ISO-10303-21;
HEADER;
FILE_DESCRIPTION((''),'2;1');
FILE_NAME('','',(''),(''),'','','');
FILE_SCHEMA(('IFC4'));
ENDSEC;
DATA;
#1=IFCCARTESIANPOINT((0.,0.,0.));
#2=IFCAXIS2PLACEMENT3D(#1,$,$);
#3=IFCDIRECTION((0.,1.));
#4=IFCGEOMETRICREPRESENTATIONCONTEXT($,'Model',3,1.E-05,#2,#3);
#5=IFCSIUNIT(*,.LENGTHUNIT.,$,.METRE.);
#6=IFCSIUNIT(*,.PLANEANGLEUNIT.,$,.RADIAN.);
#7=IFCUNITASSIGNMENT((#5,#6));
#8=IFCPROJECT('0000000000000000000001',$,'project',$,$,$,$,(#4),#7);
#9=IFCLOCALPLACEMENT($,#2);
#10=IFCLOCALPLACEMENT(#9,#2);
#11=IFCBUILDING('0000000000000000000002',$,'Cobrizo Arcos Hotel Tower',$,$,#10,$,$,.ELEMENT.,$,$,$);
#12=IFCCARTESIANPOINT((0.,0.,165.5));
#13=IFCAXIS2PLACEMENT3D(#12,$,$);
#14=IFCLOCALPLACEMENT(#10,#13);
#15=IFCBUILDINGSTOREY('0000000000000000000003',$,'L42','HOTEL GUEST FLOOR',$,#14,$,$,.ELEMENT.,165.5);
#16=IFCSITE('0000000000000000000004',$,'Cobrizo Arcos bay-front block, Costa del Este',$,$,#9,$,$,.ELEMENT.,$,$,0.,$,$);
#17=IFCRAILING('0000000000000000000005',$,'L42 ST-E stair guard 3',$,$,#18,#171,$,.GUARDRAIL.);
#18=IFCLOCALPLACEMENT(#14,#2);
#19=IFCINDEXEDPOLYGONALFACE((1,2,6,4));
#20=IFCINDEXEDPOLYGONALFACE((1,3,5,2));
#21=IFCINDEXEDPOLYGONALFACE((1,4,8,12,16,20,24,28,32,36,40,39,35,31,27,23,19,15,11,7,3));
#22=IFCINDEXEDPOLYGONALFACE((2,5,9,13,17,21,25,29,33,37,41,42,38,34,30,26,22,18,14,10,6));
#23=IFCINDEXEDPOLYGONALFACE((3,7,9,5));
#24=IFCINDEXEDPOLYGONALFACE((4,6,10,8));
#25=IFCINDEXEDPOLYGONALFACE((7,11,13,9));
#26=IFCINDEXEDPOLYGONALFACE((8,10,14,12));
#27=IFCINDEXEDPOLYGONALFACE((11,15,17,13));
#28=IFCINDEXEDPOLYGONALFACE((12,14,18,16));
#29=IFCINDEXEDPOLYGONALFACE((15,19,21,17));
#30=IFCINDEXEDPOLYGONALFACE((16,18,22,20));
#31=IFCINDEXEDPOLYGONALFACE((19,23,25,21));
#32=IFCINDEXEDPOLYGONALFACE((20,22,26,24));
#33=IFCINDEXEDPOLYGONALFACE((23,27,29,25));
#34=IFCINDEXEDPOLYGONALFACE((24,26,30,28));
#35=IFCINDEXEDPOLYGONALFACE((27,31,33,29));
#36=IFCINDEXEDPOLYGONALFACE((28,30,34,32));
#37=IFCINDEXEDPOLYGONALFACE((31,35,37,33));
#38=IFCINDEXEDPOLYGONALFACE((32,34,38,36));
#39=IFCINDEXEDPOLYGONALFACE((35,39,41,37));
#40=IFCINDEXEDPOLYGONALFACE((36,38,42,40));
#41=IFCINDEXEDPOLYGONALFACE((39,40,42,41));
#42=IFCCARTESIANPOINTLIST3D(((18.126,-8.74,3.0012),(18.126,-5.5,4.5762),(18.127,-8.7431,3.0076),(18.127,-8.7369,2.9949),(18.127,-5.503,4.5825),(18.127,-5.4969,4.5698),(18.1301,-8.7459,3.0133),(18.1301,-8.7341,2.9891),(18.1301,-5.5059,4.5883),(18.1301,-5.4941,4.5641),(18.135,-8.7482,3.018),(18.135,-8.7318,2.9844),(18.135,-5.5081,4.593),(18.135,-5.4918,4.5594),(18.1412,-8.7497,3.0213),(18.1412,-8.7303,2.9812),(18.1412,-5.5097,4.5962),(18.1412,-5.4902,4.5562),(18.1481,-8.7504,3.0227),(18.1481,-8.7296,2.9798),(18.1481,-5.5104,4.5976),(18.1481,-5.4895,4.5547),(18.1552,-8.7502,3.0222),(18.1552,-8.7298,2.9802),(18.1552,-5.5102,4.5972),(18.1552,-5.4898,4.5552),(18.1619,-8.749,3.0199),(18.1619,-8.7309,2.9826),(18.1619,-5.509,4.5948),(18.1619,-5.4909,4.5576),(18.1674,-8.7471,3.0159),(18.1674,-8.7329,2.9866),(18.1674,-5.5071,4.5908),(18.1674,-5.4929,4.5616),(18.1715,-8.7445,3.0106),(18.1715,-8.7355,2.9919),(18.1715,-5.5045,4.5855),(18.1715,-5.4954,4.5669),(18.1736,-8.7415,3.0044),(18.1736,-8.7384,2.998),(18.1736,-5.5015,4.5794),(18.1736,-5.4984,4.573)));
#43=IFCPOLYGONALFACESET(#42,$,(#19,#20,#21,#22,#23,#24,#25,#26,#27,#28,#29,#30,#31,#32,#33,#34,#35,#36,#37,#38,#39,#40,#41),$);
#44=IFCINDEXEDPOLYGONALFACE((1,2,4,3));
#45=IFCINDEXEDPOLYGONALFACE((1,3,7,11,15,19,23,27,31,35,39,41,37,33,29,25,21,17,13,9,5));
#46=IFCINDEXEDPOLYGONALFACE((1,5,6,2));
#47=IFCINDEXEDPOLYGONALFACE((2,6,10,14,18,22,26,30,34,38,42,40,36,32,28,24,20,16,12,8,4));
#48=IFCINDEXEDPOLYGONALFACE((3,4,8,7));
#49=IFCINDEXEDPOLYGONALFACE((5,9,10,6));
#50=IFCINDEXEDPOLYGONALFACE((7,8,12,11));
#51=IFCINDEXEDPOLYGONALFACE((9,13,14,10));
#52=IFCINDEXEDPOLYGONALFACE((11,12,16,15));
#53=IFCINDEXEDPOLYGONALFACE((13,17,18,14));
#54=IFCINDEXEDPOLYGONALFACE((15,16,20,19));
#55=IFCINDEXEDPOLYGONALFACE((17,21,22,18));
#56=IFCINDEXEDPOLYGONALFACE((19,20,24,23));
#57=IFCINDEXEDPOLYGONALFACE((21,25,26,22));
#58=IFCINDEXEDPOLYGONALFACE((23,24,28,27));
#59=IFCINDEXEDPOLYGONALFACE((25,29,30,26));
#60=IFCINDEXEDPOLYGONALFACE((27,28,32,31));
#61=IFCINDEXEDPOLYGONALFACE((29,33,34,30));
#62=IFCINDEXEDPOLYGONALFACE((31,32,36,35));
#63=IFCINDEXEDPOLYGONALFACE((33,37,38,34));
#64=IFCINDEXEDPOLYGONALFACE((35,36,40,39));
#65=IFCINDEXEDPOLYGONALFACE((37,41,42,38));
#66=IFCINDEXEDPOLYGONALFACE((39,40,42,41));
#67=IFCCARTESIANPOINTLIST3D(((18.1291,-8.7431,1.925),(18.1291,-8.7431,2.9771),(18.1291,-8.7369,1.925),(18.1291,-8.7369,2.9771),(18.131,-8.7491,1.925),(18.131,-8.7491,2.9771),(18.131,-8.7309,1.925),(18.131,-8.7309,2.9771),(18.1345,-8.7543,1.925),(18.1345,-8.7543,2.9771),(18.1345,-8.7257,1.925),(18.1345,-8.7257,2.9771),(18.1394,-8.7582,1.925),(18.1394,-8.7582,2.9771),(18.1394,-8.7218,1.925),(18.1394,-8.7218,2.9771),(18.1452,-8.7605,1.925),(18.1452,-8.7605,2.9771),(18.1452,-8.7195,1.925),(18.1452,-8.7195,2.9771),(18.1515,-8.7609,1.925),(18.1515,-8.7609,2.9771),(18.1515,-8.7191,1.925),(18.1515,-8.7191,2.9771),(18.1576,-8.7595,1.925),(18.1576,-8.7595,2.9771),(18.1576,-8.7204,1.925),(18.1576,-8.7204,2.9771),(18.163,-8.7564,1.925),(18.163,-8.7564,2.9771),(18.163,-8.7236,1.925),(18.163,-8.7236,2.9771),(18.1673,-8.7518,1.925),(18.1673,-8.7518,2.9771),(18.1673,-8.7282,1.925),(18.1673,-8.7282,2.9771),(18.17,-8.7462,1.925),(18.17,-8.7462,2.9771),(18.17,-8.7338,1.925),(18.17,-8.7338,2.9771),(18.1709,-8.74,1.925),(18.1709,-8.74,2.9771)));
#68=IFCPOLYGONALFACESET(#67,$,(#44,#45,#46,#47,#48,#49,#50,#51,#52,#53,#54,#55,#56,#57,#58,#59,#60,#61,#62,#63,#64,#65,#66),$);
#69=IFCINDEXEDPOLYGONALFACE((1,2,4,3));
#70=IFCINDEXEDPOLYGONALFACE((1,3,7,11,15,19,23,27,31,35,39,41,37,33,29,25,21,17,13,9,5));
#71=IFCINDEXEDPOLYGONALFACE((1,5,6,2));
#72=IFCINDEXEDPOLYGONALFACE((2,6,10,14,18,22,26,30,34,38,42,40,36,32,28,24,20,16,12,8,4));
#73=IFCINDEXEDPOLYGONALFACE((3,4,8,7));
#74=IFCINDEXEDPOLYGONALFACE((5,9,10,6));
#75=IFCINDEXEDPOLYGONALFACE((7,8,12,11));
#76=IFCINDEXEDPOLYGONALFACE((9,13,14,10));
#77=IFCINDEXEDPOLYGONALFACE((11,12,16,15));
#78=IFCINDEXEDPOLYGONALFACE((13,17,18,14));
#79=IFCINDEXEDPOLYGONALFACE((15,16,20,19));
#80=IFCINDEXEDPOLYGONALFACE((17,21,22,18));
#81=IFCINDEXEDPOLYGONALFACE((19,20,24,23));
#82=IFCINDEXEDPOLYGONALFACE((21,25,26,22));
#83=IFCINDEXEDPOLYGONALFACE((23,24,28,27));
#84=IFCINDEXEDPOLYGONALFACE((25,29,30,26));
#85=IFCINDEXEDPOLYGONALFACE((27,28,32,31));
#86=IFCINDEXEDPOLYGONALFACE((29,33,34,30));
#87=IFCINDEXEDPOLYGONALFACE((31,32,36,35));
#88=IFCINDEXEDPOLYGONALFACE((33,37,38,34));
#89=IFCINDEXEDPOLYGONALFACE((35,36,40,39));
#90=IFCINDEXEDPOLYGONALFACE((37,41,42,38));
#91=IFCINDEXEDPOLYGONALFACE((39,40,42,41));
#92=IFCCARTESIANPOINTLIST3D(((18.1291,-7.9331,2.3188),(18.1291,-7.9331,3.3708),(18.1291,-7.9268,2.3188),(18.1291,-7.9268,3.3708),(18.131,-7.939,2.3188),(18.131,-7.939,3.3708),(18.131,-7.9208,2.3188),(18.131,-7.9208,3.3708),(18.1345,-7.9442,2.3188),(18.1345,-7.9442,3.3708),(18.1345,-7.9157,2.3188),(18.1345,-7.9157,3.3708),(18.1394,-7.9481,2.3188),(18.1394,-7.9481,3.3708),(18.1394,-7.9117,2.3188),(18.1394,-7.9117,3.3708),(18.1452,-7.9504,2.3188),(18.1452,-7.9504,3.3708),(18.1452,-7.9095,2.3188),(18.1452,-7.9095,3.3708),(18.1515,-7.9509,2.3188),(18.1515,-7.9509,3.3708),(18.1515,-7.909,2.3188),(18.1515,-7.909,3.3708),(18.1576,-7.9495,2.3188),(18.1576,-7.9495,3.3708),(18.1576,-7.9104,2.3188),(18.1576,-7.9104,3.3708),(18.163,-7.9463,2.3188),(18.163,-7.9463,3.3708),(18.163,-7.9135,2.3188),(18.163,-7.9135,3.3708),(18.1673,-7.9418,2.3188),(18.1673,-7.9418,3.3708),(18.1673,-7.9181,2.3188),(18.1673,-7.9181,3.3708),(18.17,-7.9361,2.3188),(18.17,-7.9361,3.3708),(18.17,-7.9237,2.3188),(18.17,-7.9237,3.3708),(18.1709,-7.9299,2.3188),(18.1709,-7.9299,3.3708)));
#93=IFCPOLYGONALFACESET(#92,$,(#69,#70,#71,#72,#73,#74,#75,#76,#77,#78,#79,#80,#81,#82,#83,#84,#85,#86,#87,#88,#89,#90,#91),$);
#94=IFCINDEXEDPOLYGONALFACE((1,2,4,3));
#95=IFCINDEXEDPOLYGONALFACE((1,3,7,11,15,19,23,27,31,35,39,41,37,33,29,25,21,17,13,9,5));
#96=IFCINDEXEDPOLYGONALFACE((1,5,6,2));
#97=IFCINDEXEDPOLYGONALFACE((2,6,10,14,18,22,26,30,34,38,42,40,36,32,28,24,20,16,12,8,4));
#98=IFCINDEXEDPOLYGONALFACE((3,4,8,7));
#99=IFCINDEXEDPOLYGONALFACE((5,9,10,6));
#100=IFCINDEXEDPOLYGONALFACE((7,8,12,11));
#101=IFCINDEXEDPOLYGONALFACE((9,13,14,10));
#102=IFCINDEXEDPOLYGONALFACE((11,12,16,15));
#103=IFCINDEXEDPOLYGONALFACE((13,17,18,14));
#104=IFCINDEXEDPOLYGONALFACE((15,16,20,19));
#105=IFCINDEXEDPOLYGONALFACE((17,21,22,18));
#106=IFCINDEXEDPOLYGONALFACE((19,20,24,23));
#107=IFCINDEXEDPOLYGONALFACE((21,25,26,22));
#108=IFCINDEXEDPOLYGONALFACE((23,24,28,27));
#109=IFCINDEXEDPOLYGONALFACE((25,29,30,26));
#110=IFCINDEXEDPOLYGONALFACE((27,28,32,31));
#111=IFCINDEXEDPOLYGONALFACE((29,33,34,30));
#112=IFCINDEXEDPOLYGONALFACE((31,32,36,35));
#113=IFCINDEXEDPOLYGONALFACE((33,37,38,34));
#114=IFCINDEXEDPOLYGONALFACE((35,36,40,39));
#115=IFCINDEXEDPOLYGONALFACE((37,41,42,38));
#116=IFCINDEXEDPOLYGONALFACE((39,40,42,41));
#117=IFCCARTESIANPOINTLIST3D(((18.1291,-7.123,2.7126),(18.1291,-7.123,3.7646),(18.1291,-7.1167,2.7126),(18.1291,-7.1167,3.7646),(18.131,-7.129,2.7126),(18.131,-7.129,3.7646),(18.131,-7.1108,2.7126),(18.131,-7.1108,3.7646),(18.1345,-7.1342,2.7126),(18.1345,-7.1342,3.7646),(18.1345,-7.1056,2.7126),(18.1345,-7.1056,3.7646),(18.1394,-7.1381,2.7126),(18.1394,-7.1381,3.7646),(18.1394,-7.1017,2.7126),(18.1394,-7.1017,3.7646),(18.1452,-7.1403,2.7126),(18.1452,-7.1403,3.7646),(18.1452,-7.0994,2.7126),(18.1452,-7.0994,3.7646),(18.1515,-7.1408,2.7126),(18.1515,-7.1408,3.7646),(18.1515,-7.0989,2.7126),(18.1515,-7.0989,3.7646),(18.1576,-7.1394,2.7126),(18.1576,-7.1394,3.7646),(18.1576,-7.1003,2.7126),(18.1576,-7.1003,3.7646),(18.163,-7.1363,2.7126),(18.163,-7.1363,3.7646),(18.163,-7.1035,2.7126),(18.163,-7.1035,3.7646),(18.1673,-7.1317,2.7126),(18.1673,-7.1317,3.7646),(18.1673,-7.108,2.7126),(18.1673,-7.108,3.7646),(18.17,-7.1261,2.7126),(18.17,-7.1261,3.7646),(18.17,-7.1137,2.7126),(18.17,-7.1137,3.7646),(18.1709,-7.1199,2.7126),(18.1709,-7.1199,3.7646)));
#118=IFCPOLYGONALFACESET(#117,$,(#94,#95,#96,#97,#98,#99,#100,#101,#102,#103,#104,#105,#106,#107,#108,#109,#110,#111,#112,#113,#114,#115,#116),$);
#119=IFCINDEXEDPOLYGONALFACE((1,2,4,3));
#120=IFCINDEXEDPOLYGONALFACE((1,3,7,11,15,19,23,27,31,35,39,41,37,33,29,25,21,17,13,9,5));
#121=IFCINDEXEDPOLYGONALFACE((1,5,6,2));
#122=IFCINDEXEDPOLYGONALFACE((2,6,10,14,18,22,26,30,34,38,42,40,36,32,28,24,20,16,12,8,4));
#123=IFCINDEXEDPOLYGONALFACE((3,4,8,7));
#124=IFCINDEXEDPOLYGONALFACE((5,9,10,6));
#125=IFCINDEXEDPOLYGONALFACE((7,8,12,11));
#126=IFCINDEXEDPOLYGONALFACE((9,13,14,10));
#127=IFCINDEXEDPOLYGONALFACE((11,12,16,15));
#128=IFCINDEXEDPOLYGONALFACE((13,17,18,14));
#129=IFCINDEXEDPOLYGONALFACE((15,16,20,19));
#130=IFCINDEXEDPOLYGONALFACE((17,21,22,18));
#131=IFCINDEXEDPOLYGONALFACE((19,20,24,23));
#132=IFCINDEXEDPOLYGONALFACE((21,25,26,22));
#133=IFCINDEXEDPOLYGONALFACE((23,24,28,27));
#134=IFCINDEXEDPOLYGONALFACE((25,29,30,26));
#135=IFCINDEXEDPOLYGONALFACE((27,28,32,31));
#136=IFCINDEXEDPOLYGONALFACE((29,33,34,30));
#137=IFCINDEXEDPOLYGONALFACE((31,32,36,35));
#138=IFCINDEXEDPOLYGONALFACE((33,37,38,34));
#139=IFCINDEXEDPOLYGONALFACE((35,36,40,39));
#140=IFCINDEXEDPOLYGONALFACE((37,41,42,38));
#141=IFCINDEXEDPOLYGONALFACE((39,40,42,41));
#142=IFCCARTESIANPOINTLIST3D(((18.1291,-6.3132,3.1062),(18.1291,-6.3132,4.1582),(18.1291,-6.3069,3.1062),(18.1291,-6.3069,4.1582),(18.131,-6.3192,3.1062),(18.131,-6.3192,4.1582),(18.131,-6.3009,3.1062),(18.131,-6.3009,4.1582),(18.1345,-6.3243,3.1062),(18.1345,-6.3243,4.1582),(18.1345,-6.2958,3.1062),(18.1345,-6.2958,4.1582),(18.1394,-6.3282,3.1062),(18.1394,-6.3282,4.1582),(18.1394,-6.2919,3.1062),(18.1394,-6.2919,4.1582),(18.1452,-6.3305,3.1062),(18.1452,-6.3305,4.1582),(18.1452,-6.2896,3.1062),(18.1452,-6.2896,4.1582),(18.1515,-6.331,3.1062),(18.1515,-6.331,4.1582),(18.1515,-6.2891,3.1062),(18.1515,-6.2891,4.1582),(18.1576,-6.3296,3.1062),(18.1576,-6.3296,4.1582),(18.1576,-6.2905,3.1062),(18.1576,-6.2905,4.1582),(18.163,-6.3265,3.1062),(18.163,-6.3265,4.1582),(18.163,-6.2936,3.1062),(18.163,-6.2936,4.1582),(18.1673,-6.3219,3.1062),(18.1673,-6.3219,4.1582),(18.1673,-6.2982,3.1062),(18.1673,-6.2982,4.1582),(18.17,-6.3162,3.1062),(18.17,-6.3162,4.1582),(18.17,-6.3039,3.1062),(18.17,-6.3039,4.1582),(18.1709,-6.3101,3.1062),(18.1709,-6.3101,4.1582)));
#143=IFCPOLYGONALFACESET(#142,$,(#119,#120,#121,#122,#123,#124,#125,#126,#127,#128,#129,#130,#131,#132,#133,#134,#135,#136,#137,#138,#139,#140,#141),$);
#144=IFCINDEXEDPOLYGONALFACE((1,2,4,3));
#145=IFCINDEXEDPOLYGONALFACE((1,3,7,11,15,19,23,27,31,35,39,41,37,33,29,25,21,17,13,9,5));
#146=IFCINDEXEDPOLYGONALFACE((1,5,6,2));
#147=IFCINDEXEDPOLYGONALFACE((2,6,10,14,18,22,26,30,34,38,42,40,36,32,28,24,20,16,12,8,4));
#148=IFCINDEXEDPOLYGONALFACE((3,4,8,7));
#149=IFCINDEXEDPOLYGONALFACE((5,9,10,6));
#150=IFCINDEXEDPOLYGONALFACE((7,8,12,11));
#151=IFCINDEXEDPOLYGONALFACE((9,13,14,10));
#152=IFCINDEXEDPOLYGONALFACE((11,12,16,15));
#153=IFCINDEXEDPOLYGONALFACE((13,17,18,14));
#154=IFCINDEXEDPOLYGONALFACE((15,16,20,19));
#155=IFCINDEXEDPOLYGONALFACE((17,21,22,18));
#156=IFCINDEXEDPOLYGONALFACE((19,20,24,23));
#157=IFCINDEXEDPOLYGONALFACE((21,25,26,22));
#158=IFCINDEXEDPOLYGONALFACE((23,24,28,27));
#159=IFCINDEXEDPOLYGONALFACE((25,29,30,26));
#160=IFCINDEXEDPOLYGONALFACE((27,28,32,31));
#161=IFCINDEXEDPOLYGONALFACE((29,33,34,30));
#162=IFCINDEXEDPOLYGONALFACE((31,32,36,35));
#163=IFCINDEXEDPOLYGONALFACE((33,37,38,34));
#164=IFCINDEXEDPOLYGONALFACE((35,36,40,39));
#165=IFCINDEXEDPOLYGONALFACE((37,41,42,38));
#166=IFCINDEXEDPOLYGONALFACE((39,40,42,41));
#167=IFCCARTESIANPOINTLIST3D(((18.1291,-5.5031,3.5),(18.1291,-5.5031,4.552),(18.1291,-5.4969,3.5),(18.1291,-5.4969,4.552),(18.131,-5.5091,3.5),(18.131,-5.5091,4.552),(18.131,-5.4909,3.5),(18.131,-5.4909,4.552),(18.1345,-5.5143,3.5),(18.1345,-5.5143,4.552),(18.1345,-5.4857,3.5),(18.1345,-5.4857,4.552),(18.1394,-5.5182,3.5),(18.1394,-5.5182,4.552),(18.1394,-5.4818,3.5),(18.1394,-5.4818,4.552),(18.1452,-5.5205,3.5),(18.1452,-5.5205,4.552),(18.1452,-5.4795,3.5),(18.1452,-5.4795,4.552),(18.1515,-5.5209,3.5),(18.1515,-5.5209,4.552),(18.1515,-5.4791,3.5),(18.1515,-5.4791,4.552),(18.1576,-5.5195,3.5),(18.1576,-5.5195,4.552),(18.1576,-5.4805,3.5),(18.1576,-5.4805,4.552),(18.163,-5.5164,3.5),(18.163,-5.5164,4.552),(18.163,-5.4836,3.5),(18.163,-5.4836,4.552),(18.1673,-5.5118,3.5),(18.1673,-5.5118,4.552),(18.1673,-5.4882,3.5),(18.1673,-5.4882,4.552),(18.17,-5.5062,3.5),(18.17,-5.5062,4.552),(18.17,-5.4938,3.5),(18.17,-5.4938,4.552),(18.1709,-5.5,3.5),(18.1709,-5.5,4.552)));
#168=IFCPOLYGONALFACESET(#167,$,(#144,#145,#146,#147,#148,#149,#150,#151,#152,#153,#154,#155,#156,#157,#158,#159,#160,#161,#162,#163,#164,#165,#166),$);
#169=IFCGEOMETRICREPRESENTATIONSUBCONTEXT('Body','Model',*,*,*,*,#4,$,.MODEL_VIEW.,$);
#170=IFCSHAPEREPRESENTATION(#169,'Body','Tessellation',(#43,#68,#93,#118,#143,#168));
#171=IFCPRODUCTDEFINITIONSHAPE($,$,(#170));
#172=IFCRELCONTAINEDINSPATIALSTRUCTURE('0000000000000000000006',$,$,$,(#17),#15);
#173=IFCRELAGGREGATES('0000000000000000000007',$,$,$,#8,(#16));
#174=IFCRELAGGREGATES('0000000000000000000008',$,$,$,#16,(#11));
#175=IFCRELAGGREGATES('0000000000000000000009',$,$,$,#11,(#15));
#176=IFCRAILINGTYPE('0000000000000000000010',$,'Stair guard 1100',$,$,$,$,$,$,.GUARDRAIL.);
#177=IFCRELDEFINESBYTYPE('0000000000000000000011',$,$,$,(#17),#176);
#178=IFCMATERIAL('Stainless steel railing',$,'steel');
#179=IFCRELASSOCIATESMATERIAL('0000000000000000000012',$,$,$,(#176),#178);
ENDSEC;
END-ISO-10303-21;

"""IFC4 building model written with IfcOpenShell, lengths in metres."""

from ifc_helpers import new_model, si_unit, direction, frame, origin, origin_2d, place, context, subcontext, project, spatial, circle, extrude, material, type_object, element, save


model = new_model("IFC4")

# Units and contexts
model_context = context("Model", 3, precision=1e-05, world=origin(), true_north=direction((0.0, 1.0)))
body_context = subcontext(model_context, "Body", "Model", "MODEL_VIEW")
ifc_project = project(units=[si_unit("LENGTHUNIT", "METRE"), si_unit("PLANEANGLEUNIT", "RADIAN")], contexts=[model_context])

# Site, building, storey
site_placement = place(None, origin())
site = spatial("IfcSite", under=ifc_project, at=site_placement, Name="Cobrizo Arcos bay-front block, Costa del Este", CompositionType="ELEMENT", RefElevation=0.0)
building_placement = place(site_placement, origin())
building = spatial("IfcBuilding", under=site, at=building_placement, Name="Cobrizo Arcos Hotel Tower", CompositionType="ELEMENT")
storey_placement = place(building_placement, frame((0.0, 0.0, 165.5)))
storey = spatial("IfcBuildingStorey", under=building, at=storey_placement, Name="L42", Description="HOTEL GUEST FLOOR", CompositionType="ELEMENT", Elevation=165.5)

# Railing
ifc_material_1 = material(Name="Stainless steel railing", Category="steel")
railing_type_1 = type_object("IfcRailingType", Name="Stair guard 1100", PredefinedType="GUARDRAIL", material=ifc_material_1)
railing_1_placement = place(storey_placement, frame((18.1499, -8.74, 1.925)))
element("IfcRailing", 1, at=railing_1_placement, inside=storey, type_object=railing_type_1, Name="L42 ST-E stair guard 3", PredefinedType="GUARDRAIL", context=body_context, shape_type="SweptSolid", body=[
    extrude(circle(Radius=0.0239, at=origin_2d()), frame((0.0, 0.0, 1.0762), z_axis=(0.0, 0.899373, 0.437183), x_axis=(-1.0, 0.0, 0.0)), (0.0, 0.0, 1.0), 3.6025),
    extrude(circle(Radius=0.021, at=origin_2d()), origin(), (0.0, 0.0, 1.0), 1.052),
    extrude(circle(Radius=0.021, at=origin_2d()), frame((0.0, 0.8101, 0.3938)), (0.0, 0.0, 1.0), 1.052),
    extrude(circle(Radius=0.021, at=origin_2d()), frame((0.0, 1.6201, 0.7876)), (0.0, 0.0, 1.0), 1.052),
    extrude(circle(Radius=0.021, at=origin_2d()), frame((0.0, 2.4299, 1.1812)), (0.0, 0.0, 1.0), 1.052),
    extrude(circle(Radius=0.021, at=origin_2d()), frame((0.0, 3.24, 1.575)), (0.0, 0.0, 1.0), 1.052),
])

save(model, "model.ifc")
